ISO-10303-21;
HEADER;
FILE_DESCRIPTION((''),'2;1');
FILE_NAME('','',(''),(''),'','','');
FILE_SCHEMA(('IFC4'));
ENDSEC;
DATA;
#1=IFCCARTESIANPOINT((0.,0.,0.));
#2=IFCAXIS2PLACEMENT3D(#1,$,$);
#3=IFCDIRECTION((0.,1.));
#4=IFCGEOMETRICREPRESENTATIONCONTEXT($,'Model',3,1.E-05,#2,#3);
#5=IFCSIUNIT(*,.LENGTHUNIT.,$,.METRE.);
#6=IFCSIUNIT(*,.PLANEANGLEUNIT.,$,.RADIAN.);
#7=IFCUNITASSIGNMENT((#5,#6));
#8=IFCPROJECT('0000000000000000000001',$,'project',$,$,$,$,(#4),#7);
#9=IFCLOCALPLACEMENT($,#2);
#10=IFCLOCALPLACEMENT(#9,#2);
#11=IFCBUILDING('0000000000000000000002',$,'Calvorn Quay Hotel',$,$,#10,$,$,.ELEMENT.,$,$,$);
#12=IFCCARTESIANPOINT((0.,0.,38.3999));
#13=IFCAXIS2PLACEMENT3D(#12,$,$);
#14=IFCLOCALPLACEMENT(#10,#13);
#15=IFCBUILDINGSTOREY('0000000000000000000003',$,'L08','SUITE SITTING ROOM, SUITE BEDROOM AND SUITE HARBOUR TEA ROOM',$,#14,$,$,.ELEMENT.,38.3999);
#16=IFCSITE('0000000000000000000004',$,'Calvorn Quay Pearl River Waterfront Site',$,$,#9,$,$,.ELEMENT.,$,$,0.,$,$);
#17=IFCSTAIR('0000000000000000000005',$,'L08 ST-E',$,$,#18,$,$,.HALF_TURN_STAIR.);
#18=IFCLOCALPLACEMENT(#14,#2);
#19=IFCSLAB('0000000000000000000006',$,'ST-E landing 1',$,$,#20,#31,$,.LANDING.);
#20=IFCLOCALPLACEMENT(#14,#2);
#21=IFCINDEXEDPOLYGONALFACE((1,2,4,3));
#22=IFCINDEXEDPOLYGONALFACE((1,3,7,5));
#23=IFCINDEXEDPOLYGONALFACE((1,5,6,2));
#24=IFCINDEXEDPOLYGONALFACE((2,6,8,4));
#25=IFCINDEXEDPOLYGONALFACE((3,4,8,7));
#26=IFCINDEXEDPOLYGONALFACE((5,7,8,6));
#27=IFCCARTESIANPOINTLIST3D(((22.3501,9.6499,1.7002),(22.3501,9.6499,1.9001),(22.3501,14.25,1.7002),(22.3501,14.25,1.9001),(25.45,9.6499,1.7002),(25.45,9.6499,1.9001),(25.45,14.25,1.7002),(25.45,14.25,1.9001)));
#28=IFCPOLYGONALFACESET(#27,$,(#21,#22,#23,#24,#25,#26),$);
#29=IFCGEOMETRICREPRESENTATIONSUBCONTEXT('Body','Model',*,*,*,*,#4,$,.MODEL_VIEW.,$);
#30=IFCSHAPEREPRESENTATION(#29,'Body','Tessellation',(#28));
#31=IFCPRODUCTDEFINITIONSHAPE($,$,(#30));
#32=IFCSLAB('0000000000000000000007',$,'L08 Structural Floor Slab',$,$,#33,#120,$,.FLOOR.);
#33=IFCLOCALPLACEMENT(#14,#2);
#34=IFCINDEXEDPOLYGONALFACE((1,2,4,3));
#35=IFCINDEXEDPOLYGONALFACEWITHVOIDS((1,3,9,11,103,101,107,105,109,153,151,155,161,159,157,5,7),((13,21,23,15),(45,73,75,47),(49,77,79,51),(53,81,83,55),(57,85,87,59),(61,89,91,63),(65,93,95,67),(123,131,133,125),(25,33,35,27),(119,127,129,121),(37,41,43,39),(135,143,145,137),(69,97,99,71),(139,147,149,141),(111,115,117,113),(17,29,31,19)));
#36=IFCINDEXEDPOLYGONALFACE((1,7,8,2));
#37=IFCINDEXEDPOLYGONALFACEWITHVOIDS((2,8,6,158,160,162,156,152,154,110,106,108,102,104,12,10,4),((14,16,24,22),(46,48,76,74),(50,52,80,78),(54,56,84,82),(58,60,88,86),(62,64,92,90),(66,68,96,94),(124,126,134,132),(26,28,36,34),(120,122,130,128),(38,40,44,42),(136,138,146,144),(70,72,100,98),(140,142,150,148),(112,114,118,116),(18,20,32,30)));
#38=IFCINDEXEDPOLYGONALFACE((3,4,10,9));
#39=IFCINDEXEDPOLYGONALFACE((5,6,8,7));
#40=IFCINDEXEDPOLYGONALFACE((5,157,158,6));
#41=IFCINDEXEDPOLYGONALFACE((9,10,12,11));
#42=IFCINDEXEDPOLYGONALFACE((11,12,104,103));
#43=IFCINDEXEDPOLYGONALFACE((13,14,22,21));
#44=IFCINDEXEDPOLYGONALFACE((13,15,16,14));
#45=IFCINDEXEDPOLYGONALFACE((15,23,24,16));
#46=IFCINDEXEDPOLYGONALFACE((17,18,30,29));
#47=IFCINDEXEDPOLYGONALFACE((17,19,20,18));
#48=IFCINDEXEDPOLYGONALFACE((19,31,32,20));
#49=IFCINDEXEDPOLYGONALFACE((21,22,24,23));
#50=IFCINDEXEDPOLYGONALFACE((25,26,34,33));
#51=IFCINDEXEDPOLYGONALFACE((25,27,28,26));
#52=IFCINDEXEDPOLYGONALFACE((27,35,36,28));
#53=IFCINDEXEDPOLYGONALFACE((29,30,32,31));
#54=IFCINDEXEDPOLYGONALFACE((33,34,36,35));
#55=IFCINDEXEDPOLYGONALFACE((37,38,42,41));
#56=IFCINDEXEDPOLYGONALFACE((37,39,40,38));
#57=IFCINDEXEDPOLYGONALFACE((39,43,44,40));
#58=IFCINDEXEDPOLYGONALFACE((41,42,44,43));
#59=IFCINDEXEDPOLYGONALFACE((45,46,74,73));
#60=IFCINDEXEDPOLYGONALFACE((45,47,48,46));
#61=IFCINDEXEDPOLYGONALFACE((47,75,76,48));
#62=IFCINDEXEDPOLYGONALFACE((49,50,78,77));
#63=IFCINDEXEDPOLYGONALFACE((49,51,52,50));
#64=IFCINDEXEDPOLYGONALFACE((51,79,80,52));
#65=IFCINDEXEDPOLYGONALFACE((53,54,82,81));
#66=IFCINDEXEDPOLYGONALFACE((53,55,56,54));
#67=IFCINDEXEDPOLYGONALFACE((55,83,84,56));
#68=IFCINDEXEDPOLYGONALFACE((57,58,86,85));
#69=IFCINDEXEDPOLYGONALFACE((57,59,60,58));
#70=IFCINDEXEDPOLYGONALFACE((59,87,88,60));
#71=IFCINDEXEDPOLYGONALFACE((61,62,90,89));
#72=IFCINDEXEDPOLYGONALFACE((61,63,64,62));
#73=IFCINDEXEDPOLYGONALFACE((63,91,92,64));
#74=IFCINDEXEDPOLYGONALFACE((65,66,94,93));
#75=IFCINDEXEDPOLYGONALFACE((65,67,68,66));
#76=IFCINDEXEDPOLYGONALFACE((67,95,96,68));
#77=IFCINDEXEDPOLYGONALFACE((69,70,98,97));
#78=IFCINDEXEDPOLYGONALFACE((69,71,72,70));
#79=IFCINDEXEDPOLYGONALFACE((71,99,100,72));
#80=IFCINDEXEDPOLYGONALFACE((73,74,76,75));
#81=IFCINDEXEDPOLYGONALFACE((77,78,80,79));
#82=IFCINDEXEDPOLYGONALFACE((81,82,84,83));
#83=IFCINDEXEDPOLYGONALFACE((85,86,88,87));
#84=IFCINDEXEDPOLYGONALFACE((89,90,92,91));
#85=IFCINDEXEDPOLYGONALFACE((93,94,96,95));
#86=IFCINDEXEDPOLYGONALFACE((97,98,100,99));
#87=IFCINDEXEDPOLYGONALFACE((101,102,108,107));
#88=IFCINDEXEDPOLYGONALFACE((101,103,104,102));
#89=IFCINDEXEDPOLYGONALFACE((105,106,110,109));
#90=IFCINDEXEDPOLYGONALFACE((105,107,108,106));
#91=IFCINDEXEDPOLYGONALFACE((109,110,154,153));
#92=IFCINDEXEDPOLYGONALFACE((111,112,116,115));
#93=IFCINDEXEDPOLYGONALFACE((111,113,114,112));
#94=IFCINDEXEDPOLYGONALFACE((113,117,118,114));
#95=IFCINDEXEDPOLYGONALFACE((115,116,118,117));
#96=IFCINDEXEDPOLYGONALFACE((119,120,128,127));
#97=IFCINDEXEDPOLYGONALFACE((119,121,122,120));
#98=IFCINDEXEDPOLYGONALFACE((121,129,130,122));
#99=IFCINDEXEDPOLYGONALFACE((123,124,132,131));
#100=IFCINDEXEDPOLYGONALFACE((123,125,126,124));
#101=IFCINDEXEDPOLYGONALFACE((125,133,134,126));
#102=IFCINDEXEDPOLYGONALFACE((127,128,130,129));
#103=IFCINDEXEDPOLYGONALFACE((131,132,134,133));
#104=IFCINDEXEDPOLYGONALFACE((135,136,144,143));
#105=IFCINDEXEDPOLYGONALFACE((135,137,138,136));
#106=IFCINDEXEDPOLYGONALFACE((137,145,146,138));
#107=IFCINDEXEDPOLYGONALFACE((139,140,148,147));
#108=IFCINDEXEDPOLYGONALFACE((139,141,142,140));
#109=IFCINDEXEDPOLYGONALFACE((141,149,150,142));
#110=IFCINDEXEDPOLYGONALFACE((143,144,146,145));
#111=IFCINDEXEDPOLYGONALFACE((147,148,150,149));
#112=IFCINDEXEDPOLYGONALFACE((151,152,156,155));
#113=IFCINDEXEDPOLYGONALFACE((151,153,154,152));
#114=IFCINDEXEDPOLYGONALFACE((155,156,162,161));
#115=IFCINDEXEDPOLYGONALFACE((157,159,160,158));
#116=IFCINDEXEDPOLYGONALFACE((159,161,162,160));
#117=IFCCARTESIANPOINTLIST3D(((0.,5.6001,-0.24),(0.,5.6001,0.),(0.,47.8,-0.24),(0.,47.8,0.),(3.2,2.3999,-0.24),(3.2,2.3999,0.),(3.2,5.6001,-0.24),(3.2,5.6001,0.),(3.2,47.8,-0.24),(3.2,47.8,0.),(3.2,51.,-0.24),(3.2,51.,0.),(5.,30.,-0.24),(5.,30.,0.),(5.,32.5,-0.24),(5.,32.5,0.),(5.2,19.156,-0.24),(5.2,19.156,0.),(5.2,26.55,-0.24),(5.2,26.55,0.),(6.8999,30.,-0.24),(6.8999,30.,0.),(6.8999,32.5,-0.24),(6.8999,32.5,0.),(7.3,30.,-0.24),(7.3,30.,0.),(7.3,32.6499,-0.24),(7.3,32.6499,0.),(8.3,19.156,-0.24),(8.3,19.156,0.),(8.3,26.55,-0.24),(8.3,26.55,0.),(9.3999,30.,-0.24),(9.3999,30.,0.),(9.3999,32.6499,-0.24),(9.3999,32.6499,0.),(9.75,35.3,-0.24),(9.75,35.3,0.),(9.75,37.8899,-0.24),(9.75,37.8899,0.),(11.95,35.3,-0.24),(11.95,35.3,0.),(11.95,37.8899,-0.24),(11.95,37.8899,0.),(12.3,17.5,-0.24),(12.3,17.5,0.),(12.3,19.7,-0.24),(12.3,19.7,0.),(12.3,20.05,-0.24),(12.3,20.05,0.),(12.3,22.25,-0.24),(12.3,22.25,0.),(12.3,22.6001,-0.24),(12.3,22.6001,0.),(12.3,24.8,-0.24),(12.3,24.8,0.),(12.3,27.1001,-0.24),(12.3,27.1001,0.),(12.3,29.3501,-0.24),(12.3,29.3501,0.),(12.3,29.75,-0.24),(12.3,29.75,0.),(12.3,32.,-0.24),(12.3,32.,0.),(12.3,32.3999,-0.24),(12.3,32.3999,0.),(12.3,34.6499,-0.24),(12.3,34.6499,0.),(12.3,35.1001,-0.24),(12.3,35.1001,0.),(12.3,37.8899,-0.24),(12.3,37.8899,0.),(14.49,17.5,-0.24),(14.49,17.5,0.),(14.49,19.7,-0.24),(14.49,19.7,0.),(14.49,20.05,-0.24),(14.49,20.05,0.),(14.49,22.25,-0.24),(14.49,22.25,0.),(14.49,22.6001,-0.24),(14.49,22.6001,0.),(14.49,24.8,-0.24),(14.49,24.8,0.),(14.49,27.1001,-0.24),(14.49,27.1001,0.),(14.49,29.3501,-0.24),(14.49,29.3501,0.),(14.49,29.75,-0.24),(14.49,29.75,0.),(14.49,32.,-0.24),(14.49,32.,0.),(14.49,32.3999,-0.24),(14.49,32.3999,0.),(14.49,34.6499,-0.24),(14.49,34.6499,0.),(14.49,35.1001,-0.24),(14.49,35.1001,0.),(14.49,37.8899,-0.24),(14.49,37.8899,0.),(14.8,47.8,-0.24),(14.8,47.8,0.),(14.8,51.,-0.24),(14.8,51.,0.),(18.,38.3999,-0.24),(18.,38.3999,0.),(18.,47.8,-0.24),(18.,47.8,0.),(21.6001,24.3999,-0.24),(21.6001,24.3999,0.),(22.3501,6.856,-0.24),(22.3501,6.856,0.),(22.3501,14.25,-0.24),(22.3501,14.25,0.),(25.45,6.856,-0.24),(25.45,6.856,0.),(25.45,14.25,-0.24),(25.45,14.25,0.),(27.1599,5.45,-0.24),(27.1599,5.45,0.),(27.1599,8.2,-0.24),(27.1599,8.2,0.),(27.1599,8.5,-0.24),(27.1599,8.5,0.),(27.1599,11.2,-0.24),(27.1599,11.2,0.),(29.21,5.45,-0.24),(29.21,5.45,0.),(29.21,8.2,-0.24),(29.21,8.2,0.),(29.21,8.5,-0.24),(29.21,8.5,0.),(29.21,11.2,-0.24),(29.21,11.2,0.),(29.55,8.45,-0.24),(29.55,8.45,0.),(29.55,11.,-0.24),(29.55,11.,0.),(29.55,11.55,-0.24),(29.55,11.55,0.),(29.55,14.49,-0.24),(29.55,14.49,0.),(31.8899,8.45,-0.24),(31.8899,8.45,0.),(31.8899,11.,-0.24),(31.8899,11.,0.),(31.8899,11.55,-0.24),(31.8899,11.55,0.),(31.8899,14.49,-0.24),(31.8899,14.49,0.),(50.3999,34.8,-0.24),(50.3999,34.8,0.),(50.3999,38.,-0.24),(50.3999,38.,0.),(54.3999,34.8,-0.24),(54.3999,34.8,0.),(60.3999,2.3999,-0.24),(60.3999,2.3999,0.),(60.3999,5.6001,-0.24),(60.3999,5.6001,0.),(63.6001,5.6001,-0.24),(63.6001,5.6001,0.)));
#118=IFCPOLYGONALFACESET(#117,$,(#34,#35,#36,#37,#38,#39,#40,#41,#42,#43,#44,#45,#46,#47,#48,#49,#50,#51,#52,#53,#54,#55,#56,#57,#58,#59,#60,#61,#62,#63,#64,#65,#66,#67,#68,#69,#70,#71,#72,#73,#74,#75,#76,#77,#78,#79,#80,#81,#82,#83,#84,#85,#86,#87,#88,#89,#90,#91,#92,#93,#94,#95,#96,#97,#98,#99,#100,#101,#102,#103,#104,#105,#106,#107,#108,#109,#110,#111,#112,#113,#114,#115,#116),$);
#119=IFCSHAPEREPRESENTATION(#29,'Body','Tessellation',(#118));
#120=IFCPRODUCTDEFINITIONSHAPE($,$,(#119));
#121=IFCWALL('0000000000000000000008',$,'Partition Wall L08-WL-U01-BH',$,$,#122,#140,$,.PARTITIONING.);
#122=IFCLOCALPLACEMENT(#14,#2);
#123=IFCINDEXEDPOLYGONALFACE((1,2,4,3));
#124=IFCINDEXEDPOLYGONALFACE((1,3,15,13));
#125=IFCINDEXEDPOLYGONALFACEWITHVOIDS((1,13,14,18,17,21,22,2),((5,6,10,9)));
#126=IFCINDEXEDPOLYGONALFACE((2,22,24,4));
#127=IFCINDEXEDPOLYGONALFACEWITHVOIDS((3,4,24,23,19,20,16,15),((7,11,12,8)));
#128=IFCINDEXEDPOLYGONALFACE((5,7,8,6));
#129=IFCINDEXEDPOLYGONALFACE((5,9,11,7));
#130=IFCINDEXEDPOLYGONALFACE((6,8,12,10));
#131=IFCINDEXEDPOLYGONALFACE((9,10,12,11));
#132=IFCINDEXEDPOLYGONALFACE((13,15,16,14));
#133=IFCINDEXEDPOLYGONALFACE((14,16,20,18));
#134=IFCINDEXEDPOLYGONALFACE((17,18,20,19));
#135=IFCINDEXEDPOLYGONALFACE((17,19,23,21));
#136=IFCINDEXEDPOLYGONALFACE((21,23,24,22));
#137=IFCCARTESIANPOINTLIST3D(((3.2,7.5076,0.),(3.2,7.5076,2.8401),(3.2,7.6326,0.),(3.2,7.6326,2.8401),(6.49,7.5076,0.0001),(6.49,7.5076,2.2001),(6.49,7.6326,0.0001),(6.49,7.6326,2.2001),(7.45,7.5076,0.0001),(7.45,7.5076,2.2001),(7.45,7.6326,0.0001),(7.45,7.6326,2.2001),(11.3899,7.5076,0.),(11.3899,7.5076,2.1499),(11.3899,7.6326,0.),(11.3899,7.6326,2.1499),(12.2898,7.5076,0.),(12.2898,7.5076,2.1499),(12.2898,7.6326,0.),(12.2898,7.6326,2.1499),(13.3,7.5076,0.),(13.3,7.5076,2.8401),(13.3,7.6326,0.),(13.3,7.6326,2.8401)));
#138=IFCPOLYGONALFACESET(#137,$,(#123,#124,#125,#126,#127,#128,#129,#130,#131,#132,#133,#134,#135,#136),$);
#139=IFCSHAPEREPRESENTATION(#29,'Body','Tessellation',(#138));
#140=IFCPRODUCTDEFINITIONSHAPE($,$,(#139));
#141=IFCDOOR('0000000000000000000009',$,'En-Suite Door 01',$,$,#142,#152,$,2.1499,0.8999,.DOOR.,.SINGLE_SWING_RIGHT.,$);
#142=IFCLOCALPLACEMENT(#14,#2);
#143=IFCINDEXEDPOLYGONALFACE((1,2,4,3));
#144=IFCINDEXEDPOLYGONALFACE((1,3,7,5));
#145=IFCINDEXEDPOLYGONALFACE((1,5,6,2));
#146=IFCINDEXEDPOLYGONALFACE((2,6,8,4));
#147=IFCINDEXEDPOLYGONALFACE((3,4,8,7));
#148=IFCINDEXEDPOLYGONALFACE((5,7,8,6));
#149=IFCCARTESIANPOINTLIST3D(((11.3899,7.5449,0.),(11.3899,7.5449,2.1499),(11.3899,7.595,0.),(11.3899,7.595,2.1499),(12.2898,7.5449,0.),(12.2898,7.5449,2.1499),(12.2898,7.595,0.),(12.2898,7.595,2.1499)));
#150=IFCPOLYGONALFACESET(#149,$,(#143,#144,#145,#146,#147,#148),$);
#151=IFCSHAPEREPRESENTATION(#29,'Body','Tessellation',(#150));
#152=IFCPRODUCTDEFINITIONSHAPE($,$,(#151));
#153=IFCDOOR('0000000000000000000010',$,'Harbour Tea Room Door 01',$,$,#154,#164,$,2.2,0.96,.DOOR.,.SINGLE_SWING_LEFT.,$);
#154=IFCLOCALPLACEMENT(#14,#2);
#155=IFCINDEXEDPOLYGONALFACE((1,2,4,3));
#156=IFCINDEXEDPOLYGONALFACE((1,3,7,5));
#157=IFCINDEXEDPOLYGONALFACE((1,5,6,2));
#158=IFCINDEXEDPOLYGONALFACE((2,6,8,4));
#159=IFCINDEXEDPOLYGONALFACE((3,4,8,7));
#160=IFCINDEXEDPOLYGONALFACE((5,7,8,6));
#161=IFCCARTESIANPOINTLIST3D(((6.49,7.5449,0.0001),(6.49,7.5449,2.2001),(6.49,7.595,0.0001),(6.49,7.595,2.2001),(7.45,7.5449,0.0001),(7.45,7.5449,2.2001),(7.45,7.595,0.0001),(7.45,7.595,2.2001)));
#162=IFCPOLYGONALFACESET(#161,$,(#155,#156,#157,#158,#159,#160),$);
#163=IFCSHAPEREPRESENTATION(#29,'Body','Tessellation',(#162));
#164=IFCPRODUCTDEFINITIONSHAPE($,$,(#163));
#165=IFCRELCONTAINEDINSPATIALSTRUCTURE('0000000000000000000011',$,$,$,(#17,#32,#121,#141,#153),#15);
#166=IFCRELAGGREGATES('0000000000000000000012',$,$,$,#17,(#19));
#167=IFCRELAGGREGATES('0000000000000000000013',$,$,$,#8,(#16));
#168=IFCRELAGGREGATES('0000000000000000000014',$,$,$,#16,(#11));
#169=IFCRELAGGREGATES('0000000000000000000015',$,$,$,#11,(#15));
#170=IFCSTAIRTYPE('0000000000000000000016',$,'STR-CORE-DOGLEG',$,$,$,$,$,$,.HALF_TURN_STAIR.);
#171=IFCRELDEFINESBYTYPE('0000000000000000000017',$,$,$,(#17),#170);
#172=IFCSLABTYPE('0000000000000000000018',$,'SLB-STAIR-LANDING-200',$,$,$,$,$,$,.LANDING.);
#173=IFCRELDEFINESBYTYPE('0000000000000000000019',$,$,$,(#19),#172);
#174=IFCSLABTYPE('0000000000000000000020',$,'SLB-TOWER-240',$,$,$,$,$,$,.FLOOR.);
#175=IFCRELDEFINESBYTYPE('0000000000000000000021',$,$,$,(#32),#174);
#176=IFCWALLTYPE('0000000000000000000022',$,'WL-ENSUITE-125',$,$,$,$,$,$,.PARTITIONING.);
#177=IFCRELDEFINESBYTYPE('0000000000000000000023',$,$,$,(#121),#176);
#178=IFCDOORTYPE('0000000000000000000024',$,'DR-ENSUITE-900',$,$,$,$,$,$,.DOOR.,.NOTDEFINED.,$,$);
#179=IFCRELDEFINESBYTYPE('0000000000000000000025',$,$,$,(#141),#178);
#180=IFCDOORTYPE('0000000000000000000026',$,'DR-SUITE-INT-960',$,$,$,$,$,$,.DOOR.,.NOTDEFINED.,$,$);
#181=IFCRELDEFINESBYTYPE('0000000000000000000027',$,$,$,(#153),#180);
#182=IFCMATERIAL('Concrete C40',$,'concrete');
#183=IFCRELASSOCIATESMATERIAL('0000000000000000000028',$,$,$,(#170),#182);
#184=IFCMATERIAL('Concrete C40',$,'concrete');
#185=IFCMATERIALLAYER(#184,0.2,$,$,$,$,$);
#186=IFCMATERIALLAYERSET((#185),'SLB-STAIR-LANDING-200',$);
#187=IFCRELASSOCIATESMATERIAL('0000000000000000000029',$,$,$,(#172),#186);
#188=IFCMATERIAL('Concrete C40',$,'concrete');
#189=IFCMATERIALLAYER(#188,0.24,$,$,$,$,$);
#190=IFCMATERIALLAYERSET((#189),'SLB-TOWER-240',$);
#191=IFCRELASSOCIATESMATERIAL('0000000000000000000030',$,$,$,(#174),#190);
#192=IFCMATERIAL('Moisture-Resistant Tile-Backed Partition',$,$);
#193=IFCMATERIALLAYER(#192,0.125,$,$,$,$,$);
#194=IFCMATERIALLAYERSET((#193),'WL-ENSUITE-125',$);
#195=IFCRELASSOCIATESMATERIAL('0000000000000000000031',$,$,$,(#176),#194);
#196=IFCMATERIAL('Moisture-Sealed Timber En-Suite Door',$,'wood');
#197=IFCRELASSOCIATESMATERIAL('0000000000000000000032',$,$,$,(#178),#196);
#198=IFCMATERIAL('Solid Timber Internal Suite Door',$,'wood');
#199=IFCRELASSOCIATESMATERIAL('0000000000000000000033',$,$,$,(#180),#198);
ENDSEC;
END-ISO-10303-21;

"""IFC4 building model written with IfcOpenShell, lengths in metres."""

from ifc_helpers import new_model, si_unit, direction, frame, frame_2d, origin, place, context, subcontext, project, spatial, polyline, rectangle, outline, extrude, material, layer, layer_set, type_object, element, fill, aggregate, save


model = new_model("IFC4")

# Units and contexts
model_context = context("Model", 3, precision=1e-05, world=origin(), true_north=direction((0.0, 1.0)))
body_context = subcontext(model_context, "Body", "Model", "MODEL_VIEW")
ifc_project = project(units=[si_unit("LENGTHUNIT", "METRE"), si_unit("PLANEANGLEUNIT", "RADIAN")], contexts=[model_context])

# Site, building, storey
site_placement = place(None, origin())
site = spatial("IfcSite", under=ifc_project, at=site_placement, Name="Calvorn Quay Pearl River Waterfront Site", CompositionType="ELEMENT", RefElevation=0.0)
building_placement = place(site_placement, origin())
building = spatial("IfcBuilding", under=site, at=building_placement, Name="Calvorn Quay Hotel", CompositionType="ELEMENT")
storey_placement = place(building_placement, frame((0.0, 0.0, 38.3999)))
storey = spatial("IfcBuildingStorey", under=building, at=storey_placement, Name="L08", Description="SUITE SITTING ROOM, SUITE BEDROOM AND SUITE HARBOUR TEA ROOM", CompositionType="ELEMENT", Elevation=38.3999)

# Stair, slab
ifc_material_1 = material(Name="Concrete C40", Category="concrete")
stair_type = type_object("IfcStairType", Name="STR-CORE-DOGLEG", PredefinedType="HALF_TURN_STAIR", material=ifc_material_1)
ifc_material_2 = material(Name="Concrete C40", Category="concrete")
ifc_layer_1 = layer(ifc_material_2, 0.2)
ifc_layer_set_1 = layer_set([ifc_layer_1], Name="SLB-STAIR-LANDING-200")
slab_type_1 = type_object("IfcSlabType", Name="SLB-STAIR-LANDING-200", PredefinedType="LANDING", material=ifc_layer_set_1)
stair_1_placement = place(storey_placement, origin())
stair_1 = element("IfcStair", 1, at=stair_1_placement, inside=storey, type_object=stair_type, Name="L08 ST-E", PredefinedType="HALF_TURN_STAIR")
slab_1_placement = place(storey_placement, frame((0.0, 0.0, 1.7002)))
slab_1 = element("IfcSlab", 2, at=slab_1_placement, type_object=slab_type_1, Name="ST-E landing 1", PredefinedType="LANDING", context=body_context, shape_type="SweptSolid", body=[
    extrude(outline(polyline([(25.45, 9.6499), (25.45, 14.25), (22.3501, 14.25), (22.3501, 9.6499), (25.45, 9.6499)])), origin(), (0.0, 0.0, 1.0), 0.2),
])
aggregate(stair_1, [slab_1])

# Slab
ifc_material_3 = material(Name="Concrete C40", Category="concrete")
ifc_layer_2 = layer(ifc_material_3, 0.24)
ifc_layer_set_2 = layer_set([ifc_layer_2], Name="SLB-TOWER-240")
slab_type_2 = type_object("IfcSlabType", Name="SLB-TOWER-240", PredefinedType="FLOOR", material=ifc_layer_set_2)
slab_2_placement = place(storey_placement, frame((0.0, 0.0, -0.24)))
element("IfcSlab", 3, at=slab_2_placement, inside=storey, type_object=slab_type_2, Name="L08 Structural Floor Slab", PredefinedType="FLOOR", context=body_context, shape_type="SweptSolid", body=[
    extrude(outline(polyline([(0.0, 5.6001), (3.2, 5.6001), (3.2, 2.3999), (60.3999, 2.3999), (60.3999, 5.6001), (63.6001, 5.6001), (54.3999, 34.8), (50.3999, 34.8), (50.3999, 38.0), (21.6001, 24.3999), (18.0, 38.3999), (18.0, 47.8), (14.8, 47.8), (14.8, 51.0), (3.2, 51.0), (3.2, 47.8), (0.0, 47.8), (0.0, 5.6001)]), holes=[polyline([(5.2, 19.156), (8.3, 19.156), (8.3, 26.55), (5.2, 26.55), (5.2, 19.156)]), polyline([(22.3501, 6.856), (25.45, 6.856), (25.45, 14.25), (22.3501, 14.25), (22.3501, 6.856)]), polyline([(5.0, 30.0), (6.8999, 30.0), (6.8999, 32.5), (5.0, 32.5), (5.0, 30.0)]), polyline([(7.3, 30.0), (9.3999, 30.0), (9.3999, 32.6499), (7.3, 32.6499), (7.3, 30.0)]), polyline([(27.1599, 8.5), (29.21, 8.5), (29.21, 11.2), (27.1599, 11.2), (27.1599, 8.5)]), polyline([(27.1599, 5.45), (29.21, 5.45), (29.21, 8.2), (27.1599, 8.2), (27.1599, 5.45)]), polyline([(12.3, 17.5), (14.49, 17.5), (14.49, 19.7), (12.3, 19.7), (12.3, 17.5)]), polyline([(12.3, 20.05), (14.49, 20.05), (14.49, 22.25), (12.3, 22.25), (12.3, 20.05)]), polyline([(12.3, 22.6001), (14.49, 22.6001), (14.49, 24.8), (12.3, 24.8), (12.3, 22.6001)]), polyline([(12.3, 27.1001), (14.49, 27.1001), (14.49, 29.3501), (12.3, 29.3501), (12.3, 27.1001)]), polyline([(12.3, 29.75), (14.49, 29.75), (14.49, 32.0), (12.3, 32.0), (12.3, 29.75)]), polyline([(12.3, 32.3999), (14.49, 32.3999), (14.49, 34.6499), (12.3, 34.6499), (12.3, 32.3999)]), polyline([(12.3, 35.1001), (14.49, 35.1001), (14.49, 37.8899), (12.3, 37.8899), (12.3, 35.1001)]), polyline([(9.75, 35.3), (11.95, 35.3), (11.95, 37.8899), (9.75, 37.8899), (9.75, 35.3)]), polyline([(29.55, 11.55), (31.8899, 11.55), (31.8899, 14.49), (29.55, 14.49), (29.55, 11.55)]), polyline([(29.55, 8.45), (31.8899, 8.45), (31.8899, 11.0), (29.55, 11.0), (29.55, 8.45)])]), origin(), (0.0, 0.0, 1.0), 0.24),
])

# Wall, openings, doors
ifc_material_4 = material(Name="Moisture-Resistant Tile-Backed Partition")
ifc_layer_3 = layer(ifc_material_4, 0.125)
ifc_layer_set_3 = layer_set([ifc_layer_3], Name="WL-ENSUITE-125")
wall_type_1 = type_object("IfcWallType", Name="WL-ENSUITE-125", PredefinedType="PARTITIONING", material=ifc_layer_set_3)
wall_1_placement = place(storey_placement, frame((3.2, 7.5701, 0.0), z_axis=(0.0, 0.0, 1.0), x_axis=(1.0, 0.0, 0.0)))
wall_1 = element("IfcWall", 4, at=wall_1_placement, inside=storey, type_object=wall_type_1, Name="Partition Wall L08-WL-U01-BH", PredefinedType="PARTITIONING", context=body_context, shape_type="SweptSolid", body=[
    extrude(rectangle(XDim=10.1001, YDim=0.125, at=frame_2d((5.05, 0.0))), origin(), (0.0, 0.0, 1.0), 2.8401),
])
opening_1_placement = place(wall_1_placement, frame((3.29, 0.0, 0.0)))
opening_1 = element("IfcOpeningElement", 5, at=opening_1_placement, cuts=wall_1, PredefinedType="OPENING", context=body_context, shape_type="SweptSolid", body=[
    extrude(rectangle(XDim=0.96, YDim=2.2, at=frame_2d((0.48, 1.1001))), frame((0.0, 0.0725, 0.0), z_axis=(0.0, -1.0, 0.0), x_axis=(1.0, 0.0, 0.0)), (0.0, 0.0, 1.0), 0.145),
])
opening_2_placement = place(wall_1_placement, frame((8.1899, 0.0, 0.0)))
opening_2 = element("IfcOpeningElement", 6, at=opening_2_placement, cuts=wall_1, PredefinedType="OPENING", context=body_context, shape_type="SweptSolid", body=[
    extrude(rectangle(XDim=0.8999, YDim=2.1499, at=frame_2d((0.45, 1.075))), frame((0.0, 0.0725, 0.0), z_axis=(0.0, -1.0, 0.0), x_axis=(1.0, 0.0, 0.0)), (0.0, 0.0, 1.0), 0.145),
])
ifc_material_5 = material(Name="Moisture-Sealed Timber En-Suite Door", Category="wood")
door_type_1 = type_object("IfcDoorType", Name="DR-ENSUITE-900", OperationType="NOTDEFINED", PredefinedType="DOOR", material=ifc_material_5)
door_1_placement = place(opening_2_placement, origin())
door_1 = element("IfcDoor", 7, at=door_1_placement, inside=storey, type_object=door_type_1, Name="En-Suite Door 01", OperationType="SINGLE_SWING_RIGHT", OverallHeight=2.1499, OverallWidth=0.8999, PredefinedType="DOOR", context=body_context, shape_type="SweptSolid", body=[
    extrude(rectangle(XDim=0.8999, YDim=2.1499, at=frame_2d((0.45, 1.075))), frame((0.0, 0.0249, 0.0), z_axis=(0.0, -1.0, 0.0), x_axis=(1.0, 0.0, 0.0)), (0.0, 0.0, 1.0), 0.05),
])
fill(opening_2, door_1)
ifc_material_6 = material(Name="Solid Timber Internal Suite Door", Category="wood")
door_type_2 = type_object("IfcDoorType", Name="DR-SUITE-INT-960", OperationType="NOTDEFINED", PredefinedType="DOOR", material=ifc_material_6)
door_2_placement = place(opening_1_placement, origin())
door_2 = element("IfcDoor", 8, at=door_2_placement, inside=storey, type_object=door_type_2, Name="Harbour Tea Room Door 01", OperationType="SINGLE_SWING_LEFT", OverallHeight=2.2, OverallWidth=0.96, PredefinedType="DOOR", context=body_context, shape_type="SweptSolid", body=[
    extrude(rectangle(XDim=0.96, YDim=2.2, at=frame_2d((0.48, 1.1001))), frame((0.0, 0.0249, 0.0), z_axis=(0.0, -1.0, 0.0), x_axis=(1.0, 0.0, 0.0)), (0.0, 0.0, 1.0), 0.05),
])
fill(opening_1, door_2)

save(model, "model.ifc")
